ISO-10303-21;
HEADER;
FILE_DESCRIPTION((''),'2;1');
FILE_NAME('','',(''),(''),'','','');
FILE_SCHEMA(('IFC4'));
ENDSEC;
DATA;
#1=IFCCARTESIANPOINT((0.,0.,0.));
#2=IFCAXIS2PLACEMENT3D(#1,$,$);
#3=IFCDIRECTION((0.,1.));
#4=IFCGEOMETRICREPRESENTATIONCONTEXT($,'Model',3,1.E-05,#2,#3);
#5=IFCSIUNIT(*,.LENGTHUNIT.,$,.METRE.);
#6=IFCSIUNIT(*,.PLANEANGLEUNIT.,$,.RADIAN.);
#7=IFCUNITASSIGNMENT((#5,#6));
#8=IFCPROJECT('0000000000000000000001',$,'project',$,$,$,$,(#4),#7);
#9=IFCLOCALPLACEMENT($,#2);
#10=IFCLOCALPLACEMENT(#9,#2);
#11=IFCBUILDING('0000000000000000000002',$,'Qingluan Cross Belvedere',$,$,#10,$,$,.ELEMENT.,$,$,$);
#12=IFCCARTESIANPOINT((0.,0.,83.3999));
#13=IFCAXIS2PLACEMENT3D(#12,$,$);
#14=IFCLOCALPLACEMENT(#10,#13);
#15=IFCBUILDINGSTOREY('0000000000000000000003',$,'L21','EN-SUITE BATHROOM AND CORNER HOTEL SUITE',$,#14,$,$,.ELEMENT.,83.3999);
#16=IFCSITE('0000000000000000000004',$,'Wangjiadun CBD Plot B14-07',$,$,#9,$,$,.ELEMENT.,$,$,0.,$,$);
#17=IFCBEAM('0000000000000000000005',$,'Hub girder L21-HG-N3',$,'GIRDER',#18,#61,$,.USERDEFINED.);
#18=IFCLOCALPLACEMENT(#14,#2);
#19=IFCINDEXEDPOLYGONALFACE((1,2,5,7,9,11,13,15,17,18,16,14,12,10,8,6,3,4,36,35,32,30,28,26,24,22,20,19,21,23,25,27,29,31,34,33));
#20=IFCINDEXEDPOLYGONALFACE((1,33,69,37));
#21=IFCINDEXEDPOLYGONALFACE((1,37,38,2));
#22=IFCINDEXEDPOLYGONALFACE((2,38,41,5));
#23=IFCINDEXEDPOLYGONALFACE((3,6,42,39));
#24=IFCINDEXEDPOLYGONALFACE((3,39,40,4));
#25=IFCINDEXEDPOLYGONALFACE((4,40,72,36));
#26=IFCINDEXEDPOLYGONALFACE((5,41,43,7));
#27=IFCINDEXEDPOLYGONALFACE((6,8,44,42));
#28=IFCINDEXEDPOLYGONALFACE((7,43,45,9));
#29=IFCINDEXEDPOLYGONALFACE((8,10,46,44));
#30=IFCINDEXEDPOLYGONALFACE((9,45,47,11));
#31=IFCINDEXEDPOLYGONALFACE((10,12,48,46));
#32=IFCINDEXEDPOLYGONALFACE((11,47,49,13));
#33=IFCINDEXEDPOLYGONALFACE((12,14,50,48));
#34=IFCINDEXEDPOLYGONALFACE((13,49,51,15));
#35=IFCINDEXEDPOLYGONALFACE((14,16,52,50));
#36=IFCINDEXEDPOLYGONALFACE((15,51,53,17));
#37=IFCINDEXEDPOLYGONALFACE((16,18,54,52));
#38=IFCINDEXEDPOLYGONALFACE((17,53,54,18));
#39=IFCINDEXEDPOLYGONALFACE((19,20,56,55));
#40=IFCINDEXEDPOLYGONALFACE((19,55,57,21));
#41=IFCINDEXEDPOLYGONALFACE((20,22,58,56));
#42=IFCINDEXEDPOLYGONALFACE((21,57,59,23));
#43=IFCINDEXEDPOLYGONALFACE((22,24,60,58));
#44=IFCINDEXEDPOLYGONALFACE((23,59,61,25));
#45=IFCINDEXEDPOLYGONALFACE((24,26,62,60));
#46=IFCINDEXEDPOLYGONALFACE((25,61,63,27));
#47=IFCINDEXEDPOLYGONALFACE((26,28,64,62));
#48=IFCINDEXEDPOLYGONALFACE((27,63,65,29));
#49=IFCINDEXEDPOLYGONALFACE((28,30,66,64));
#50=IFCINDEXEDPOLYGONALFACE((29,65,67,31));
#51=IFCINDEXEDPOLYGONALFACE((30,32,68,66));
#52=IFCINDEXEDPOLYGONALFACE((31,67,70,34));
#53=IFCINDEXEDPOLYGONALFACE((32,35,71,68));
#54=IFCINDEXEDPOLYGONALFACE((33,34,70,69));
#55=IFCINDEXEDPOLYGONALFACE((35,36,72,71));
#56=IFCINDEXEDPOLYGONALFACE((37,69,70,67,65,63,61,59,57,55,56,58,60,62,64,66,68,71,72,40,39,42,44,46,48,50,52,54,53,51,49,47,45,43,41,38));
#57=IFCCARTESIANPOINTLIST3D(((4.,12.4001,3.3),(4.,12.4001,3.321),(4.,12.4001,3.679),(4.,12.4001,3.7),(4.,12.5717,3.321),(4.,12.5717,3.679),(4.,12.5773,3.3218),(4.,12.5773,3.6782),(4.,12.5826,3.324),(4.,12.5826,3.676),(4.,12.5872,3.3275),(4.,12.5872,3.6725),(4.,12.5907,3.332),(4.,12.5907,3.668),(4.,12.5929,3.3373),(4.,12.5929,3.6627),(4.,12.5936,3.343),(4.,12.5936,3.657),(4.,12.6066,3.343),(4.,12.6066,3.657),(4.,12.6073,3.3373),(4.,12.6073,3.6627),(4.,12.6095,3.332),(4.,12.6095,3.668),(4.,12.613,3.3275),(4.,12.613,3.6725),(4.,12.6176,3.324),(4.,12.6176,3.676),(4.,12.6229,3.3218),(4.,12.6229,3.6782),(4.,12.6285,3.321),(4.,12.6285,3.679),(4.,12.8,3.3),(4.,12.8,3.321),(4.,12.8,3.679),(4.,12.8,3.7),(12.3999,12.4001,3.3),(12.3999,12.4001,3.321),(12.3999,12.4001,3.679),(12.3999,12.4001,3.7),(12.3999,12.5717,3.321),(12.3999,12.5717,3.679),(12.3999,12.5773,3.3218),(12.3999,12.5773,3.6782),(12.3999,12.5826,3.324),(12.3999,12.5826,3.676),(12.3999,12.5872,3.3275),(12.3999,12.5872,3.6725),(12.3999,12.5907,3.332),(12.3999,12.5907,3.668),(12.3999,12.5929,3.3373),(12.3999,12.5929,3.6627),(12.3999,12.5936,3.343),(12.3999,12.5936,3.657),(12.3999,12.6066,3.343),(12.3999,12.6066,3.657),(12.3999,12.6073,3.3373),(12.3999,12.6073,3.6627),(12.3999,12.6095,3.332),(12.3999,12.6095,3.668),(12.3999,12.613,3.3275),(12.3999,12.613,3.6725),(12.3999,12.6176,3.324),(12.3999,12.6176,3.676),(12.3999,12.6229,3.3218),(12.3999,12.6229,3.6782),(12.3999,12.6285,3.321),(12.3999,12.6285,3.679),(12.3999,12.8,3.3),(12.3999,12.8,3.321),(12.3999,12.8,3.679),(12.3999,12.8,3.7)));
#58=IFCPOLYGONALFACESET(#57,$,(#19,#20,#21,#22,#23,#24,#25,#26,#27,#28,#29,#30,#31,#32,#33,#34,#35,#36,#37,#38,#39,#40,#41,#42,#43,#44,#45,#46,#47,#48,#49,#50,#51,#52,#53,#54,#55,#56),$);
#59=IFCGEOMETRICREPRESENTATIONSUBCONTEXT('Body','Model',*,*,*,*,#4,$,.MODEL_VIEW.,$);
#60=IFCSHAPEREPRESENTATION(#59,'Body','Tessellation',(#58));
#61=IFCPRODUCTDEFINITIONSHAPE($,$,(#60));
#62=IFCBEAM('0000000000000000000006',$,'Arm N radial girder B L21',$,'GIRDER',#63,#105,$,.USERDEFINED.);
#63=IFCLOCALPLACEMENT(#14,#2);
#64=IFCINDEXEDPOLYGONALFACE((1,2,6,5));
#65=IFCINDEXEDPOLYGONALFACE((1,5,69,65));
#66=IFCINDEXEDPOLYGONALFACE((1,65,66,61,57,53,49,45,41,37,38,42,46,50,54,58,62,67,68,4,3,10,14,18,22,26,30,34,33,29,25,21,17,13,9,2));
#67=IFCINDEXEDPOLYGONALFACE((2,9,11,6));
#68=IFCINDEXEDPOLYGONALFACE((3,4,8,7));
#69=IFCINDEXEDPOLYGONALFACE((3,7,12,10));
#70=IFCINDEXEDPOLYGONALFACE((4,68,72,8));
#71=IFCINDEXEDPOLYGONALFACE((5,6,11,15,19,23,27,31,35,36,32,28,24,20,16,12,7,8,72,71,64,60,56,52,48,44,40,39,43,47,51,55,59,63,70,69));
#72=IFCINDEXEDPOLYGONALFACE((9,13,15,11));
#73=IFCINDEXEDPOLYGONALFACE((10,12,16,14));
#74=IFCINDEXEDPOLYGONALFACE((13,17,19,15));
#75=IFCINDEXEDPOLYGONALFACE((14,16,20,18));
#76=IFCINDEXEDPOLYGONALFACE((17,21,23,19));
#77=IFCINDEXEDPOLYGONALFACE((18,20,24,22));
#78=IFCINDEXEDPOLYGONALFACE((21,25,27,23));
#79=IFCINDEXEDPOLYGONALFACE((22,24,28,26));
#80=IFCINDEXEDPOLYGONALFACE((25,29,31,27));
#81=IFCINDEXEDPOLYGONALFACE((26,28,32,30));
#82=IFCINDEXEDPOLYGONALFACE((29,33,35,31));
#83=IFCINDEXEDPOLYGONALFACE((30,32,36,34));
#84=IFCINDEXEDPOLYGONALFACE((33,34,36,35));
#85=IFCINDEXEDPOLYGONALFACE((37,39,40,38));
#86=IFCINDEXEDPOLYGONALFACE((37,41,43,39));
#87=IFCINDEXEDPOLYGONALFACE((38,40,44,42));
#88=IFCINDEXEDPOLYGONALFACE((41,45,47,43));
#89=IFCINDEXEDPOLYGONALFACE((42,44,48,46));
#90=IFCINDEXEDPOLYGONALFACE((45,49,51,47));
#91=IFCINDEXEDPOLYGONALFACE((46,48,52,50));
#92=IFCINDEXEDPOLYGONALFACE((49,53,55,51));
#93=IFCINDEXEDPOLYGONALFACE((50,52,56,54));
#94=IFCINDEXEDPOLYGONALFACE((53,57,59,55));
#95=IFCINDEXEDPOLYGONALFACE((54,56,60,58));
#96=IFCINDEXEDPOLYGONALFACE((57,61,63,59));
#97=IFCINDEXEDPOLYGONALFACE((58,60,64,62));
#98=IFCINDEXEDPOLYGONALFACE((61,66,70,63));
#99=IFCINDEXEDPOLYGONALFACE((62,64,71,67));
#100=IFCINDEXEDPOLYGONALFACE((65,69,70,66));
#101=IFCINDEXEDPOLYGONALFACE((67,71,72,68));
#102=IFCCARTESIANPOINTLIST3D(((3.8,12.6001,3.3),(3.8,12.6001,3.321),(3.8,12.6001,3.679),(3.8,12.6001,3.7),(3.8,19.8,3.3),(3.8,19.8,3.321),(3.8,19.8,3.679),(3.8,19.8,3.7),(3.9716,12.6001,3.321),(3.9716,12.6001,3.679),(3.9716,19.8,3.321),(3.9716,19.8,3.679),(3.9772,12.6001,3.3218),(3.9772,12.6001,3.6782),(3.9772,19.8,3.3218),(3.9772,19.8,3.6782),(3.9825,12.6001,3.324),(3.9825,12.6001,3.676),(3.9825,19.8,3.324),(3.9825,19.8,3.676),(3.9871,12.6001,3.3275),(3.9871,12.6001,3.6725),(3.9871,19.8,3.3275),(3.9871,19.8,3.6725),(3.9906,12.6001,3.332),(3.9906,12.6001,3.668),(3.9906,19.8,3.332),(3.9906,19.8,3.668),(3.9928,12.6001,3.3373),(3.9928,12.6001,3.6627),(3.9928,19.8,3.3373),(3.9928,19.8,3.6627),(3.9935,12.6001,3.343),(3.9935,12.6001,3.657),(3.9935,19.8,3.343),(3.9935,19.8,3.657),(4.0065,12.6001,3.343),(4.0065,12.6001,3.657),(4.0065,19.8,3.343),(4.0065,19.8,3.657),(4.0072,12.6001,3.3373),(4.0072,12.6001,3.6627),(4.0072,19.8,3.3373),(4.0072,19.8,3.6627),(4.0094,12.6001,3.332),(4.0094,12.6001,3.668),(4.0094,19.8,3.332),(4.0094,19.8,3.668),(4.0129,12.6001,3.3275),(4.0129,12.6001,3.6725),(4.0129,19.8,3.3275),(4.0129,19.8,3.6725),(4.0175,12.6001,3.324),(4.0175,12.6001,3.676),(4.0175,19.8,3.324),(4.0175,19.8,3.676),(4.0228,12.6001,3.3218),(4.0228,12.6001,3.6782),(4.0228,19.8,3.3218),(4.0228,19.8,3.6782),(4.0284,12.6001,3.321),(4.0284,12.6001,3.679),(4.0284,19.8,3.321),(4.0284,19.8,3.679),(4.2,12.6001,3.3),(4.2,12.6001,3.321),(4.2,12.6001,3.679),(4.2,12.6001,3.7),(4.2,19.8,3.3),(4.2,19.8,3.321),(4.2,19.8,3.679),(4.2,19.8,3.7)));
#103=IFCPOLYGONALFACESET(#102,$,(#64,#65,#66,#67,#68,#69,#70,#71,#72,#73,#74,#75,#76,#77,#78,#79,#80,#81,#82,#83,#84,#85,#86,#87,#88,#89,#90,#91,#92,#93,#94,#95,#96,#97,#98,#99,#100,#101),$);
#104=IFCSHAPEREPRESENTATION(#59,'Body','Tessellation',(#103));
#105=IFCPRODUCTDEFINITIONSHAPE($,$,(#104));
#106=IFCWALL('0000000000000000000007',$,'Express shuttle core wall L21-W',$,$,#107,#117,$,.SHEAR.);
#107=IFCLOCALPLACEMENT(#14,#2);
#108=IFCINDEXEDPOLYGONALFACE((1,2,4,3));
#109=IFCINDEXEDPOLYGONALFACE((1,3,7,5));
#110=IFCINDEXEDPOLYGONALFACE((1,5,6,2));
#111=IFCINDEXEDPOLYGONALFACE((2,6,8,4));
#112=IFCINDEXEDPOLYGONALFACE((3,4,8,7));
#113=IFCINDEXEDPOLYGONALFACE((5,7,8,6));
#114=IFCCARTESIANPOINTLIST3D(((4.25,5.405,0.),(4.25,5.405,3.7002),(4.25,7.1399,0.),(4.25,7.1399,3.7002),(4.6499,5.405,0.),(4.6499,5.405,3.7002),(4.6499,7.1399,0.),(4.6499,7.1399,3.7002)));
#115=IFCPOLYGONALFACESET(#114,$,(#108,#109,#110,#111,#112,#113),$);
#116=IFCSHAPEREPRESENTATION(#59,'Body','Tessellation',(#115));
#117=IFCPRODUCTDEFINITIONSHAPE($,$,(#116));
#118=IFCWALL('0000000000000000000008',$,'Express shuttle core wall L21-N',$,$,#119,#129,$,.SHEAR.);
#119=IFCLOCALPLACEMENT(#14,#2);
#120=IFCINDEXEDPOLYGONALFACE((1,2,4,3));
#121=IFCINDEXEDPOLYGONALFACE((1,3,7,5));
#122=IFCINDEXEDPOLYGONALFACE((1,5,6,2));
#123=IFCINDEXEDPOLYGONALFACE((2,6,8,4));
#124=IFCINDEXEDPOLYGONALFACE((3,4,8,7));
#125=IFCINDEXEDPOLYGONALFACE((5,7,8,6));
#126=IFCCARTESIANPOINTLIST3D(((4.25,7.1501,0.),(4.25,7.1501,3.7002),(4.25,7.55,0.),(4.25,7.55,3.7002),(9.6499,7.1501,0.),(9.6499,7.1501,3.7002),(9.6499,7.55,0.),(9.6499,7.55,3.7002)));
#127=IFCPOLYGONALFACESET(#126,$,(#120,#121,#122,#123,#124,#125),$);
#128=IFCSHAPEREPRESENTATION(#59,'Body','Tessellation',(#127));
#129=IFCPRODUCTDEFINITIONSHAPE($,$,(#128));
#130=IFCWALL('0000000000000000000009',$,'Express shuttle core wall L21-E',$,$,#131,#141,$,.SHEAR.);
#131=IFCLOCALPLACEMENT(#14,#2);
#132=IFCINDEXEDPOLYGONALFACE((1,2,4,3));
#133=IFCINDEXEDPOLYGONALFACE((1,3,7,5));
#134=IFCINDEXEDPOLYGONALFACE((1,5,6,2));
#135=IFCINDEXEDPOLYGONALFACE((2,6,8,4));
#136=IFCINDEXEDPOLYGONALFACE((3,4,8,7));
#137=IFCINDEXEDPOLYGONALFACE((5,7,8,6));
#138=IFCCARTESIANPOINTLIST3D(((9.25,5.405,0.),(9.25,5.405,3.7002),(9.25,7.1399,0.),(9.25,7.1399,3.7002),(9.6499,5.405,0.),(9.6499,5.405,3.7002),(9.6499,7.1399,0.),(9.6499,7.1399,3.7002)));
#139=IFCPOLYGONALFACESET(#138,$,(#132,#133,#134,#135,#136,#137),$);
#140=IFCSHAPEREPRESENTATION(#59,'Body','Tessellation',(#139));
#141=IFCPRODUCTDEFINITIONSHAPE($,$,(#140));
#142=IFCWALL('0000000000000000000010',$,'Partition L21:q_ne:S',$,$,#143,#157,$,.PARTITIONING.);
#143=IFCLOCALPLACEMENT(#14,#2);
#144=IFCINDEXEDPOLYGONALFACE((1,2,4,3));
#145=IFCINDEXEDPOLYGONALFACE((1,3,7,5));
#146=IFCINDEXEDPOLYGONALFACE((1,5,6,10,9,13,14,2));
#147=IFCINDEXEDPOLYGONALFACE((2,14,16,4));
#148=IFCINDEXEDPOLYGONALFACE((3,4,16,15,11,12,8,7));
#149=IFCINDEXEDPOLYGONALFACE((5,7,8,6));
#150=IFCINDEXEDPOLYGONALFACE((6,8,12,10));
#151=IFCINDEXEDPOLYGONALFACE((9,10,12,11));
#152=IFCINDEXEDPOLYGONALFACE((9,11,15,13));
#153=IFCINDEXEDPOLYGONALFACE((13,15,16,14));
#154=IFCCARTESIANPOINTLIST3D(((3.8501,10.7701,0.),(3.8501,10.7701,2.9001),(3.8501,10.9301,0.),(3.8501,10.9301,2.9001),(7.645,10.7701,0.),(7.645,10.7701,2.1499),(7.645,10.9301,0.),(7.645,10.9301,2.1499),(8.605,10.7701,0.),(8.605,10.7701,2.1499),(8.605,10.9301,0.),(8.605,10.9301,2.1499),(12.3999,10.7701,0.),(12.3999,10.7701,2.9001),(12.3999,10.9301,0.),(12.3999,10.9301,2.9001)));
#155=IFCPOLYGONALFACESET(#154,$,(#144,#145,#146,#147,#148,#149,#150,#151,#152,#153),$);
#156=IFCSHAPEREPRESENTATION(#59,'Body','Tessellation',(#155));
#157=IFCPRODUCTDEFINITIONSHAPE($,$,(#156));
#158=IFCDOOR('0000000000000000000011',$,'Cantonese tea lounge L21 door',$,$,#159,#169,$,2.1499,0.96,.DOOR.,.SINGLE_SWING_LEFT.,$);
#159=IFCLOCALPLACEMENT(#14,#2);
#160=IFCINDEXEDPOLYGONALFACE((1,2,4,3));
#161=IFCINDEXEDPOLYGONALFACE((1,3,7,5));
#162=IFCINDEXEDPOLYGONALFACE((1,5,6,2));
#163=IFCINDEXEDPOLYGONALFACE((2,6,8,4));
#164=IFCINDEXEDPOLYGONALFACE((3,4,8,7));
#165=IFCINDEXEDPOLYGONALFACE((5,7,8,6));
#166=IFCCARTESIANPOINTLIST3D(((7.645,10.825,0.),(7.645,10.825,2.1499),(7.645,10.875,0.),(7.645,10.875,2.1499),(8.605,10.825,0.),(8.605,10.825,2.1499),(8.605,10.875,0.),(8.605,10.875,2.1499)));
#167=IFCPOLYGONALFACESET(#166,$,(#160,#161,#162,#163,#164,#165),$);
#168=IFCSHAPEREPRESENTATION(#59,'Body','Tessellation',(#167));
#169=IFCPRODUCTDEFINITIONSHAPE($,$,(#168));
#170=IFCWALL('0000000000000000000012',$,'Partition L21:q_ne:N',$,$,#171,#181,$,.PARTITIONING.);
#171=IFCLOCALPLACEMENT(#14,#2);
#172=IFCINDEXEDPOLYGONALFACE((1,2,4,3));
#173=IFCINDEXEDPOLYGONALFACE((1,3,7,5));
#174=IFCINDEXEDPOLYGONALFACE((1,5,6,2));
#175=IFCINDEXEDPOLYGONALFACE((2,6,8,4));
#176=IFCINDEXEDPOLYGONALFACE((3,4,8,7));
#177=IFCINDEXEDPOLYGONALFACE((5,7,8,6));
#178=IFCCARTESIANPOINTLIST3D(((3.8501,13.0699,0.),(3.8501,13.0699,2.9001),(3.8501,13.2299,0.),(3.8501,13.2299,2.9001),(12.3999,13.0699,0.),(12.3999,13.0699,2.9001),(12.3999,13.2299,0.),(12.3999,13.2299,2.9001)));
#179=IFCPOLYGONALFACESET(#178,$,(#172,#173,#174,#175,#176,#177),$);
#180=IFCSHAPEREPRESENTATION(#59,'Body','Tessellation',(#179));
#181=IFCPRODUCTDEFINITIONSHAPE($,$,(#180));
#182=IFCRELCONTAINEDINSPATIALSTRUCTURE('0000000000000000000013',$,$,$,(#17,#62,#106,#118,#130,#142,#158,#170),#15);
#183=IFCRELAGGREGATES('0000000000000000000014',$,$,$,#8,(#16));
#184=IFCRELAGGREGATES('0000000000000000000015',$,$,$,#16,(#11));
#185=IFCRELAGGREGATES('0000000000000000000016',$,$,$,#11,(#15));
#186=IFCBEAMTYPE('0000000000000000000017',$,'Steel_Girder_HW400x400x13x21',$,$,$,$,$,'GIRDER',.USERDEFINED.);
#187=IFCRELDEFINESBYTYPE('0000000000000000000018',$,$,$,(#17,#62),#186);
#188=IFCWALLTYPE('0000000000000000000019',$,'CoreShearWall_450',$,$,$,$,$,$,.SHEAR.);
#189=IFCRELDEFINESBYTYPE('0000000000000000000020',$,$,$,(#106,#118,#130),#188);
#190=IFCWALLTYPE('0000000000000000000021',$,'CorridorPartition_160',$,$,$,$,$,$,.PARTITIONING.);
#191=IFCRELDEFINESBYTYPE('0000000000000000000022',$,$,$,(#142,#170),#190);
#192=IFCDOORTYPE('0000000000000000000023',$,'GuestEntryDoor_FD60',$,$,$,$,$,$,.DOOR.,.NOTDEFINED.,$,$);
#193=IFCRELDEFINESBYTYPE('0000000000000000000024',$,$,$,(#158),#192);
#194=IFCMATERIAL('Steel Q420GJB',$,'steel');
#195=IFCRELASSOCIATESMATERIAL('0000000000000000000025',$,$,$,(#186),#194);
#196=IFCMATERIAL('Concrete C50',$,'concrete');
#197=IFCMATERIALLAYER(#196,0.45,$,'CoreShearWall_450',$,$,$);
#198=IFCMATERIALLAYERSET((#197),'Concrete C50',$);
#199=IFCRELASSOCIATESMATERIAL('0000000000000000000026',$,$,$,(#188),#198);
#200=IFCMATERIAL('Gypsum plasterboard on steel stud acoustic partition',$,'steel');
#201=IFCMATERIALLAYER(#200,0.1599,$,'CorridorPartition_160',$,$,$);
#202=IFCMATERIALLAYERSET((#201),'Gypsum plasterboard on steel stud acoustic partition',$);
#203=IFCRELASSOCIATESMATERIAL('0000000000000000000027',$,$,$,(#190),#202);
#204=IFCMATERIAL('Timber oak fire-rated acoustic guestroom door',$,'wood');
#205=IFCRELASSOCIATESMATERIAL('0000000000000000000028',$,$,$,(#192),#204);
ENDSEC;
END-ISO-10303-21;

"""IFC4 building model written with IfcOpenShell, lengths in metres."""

from ifc_helpers import new_model, si_unit, direction, frame, frame_2d, origin, origin_2d, place, context, subcontext, project, spatial, rectangle, i_section, extrude, material, layer, layer_set, material_profile, profile_set, type_object, element, fill, save


model = new_model("IFC4")

# Units and contexts
model_context = context("Model", 3, precision=1e-05, world=origin(), true_north=direction((0.0, 1.0)))
body_context = subcontext(model_context, "Body", "Model", "MODEL_VIEW")
ifc_project = project(units=[si_unit("LENGTHUNIT", "METRE"), si_unit("PLANEANGLEUNIT", "RADIAN")], contexts=[model_context])

# Site, building, storey
site_placement = place(None, origin())
site = spatial("IfcSite", under=ifc_project, at=site_placement, Name="Wangjiadun CBD Plot B14-07", CompositionType="ELEMENT", RefElevation=0.0)
building_placement = place(site_placement, origin())
building = spatial("IfcBuilding", under=site, at=building_placement, Name="Qingluan Cross Belvedere", CompositionType="ELEMENT")
storey_placement = place(building_placement, frame((0.0, 0.0, 83.3999)))
storey = spatial("IfcBuildingStorey", under=building, at=storey_placement, Name="L21", Description="EN-SUITE BATHROOM AND CORNER HOTEL SUITE", CompositionType="ELEMENT", Elevation=83.3999)

# Beams
ifc_material_1 = material(Name="Steel Q420GJB", Category="steel")
ifc_material_profile_1 = material_profile(ifc_material_1, i_section(OverallWidth=0.3999, OverallDepth=0.3999, WebThickness=0.0129, FlangeThickness=0.021, FilletRadius=0.022, at=origin_2d()), Name="HW400x400x13x21")
ifc_profile_set_1 = profile_set([ifc_material_profile_1], Name="Steel Q420GJB")
beam_type_1 = type_object("IfcBeamType", Name="Steel_Girder_HW400x400x13x21", ElementType="GIRDER", PredefinedType="USERDEFINED", material=ifc_profile_set_1)
beam_1_placement = place(storey_placement, frame((4.0, 12.6001, 3.5), z_axis=(1.0, 0.0, 0.0), x_axis=(0.0, 1.0, 0.0)))
element("IfcBeam", 1, at=beam_1_placement, inside=storey, type_object=beam_type_1, Name="Hub girder L21-HG-N3", ObjectType="GIRDER", PredefinedType="USERDEFINED", context=body_context, shape_type="SweptSolid", body=[
    extrude(i_section(OverallWidth=0.3999, OverallDepth=0.3999, WebThickness=0.0129, FlangeThickness=0.021, FilletRadius=0.022, at=origin_2d()), origin(), (0.0, 0.0, 1.0), 8.3999),
])
beam_2_placement = place(storey_placement, frame((4.0, 12.6001, 3.5), z_axis=(0.0, 1.0, 0.0), x_axis=(-1.0, 0.0, 0.0)))
element("IfcBeam", 2, at=beam_2_placement, inside=storey, type_object=beam_type_1, Name="Arm N radial girder B L21", ObjectType="GIRDER", PredefinedType="USERDEFINED", context=body_context, shape_type="SweptSolid", body=[
    extrude(i_section(OverallWidth=0.3999, OverallDepth=0.3999, WebThickness=0.0129, FlangeThickness=0.021, FilletRadius=0.022, at=origin_2d()), origin(), (0.0, 0.0, 1.0), 7.2),
])

# Walls
ifc_material_2 = material(Name="Concrete C50", Category="concrete")
ifc_layer_1 = layer(ifc_material_2, 0.45, Name="CoreShearWall_450")
ifc_layer_set_1 = layer_set([ifc_layer_1], Name="Concrete C50")
wall_type_1 = type_object("IfcWallType", Name="CoreShearWall_450", PredefinedType="SHEAR", material=ifc_layer_set_1)
wall_1_placement = place(storey_placement, frame((4.45, 5.405, 0.0), z_axis=(0.0, 0.0, 1.0), x_axis=(0.0, 1.0, 0.0)))
element("IfcWall", 3, at=wall_1_placement, inside=storey, type_object=wall_type_1, Name="Express shuttle core wall L21-W", PredefinedType="SHEAR", context=body_context, shape_type="SweptSolid", body=[
    extrude(rectangle(XDim=1.7349, YDim=0.3999, at=frame_2d((0.8674, 0.0))), origin(), (0.0, 0.0, 1.0), 3.7002),
])
wall_2_placement = place(storey_placement, frame((4.25, 7.3501, 0.0), z_axis=(0.0, 0.0, 1.0), x_axis=(1.0, 0.0, 0.0)))
element("IfcWall", 4, at=wall_2_placement, inside=storey, type_object=wall_type_1, Name="Express shuttle core wall L21-N", PredefinedType="SHEAR", context=body_context, shape_type="SweptSolid", body=[
    extrude(rectangle(XDim=5.3999, YDim=0.3999, at=frame_2d((2.7, 0.0))), origin(), (0.0, 0.0, 1.0), 3.7002),
])
wall_3_placement = place(storey_placement, frame((9.45, 5.405, 0.0), z_axis=(0.0, 0.0, 1.0), x_axis=(0.0, 1.0, 0.0)))
element("IfcWall", 5, at=wall_3_placement, inside=storey, type_object=wall_type_1, Name="Express shuttle core wall L21-E", PredefinedType="SHEAR", context=body_context, shape_type="SweptSolid", body=[
    extrude(rectangle(XDim=1.7349, YDim=0.3999, at=frame_2d((0.8674, 0.0))), origin(), (0.0, 0.0, 1.0), 3.7002),
])

# Wall, opening, door
ifc_material_3 = material(Name="Gypsum plasterboard on steel stud acoustic partition", Category="steel")
ifc_layer_2 = layer(ifc_material_3, 0.1599, Name="CorridorPartition_160")
ifc_layer_set_2 = layer_set([ifc_layer_2], Name="Gypsum plasterboard on steel stud acoustic partition")
wall_type_2 = type_object("IfcWallType", Name="CorridorPartition_160", PredefinedType="PARTITIONING", material=ifc_layer_set_2)
wall_4_placement = place(storey_placement, frame((3.8501, 10.8501, 0.0), z_axis=(0.0, 0.0, 1.0), x_axis=(1.0, 0.0, 0.0)))
wall_4 = element("IfcWall", 6, at=wall_4_placement, inside=storey, type_object=wall_type_2, Name="Partition L21:q_ne:S", PredefinedType="PARTITIONING", context=body_context, shape_type="SweptSolid", body=[
    extrude(rectangle(XDim=8.5498, YDim=0.1599, at=frame_2d((4.2749, 0.0))), origin(), (0.0, 0.0, 1.0), 2.9001),
])
opening_placement = place(wall_4_placement, frame((3.7949, 0.0, 0.0)))
opening = element("IfcOpeningElement", 7, at=opening_placement, cuts=wall_4, PredefinedType="OPENING", context=body_context, shape_type="SweptSolid", body=[
    extrude(rectangle(XDim=0.96, YDim=2.1499, at=frame_2d((0.48, 1.075))), frame((0.0, 0.0898, 0.0), z_axis=(0.0, -1.0, 0.0), x_axis=(1.0, 0.0, 0.0)), (0.0, 0.0, 1.0), 0.1799),
])
ifc_material_4 = material(Name="Timber oak fire-rated acoustic guestroom door", Category="wood")
door_type = type_object("IfcDoorType", Name="GuestEntryDoor_FD60", OperationType="NOTDEFINED", PredefinedType="DOOR", material=ifc_material_4)
door_placement = place(opening_placement, origin())
door = element("IfcDoor", 8, at=door_placement, inside=storey, type_object=door_type, Name="Cantonese tea lounge L21 door", OperationType="SINGLE_SWING_LEFT", OverallHeight=2.1499, OverallWidth=0.96, PredefinedType="DOOR", context=body_context, shape_type="SweptSolid", body=[
    extrude(rectangle(XDim=0.96, YDim=2.1499, at=frame_2d((0.48, 1.075))), frame((0.0, 0.0249, 0.0), z_axis=(0.0, -1.0, 0.0), x_axis=(1.0, 0.0, 0.0)), (0.0, 0.0, 1.0), 0.05),
])
fill(opening, door)

# Wall
wall_5_placement = place(storey_placement, frame((3.8501, 13.1499, 0.0), z_axis=(0.0, 0.0, 1.0), x_axis=(1.0, 0.0, 0.0)))
element("IfcWall", 9, at=wall_5_placement, inside=storey, type_object=wall_type_2, Name="Partition L21:q_ne:N", PredefinedType="PARTITIONING", context=body_context, shape_type="SweptSolid", body=[
    extrude(rectangle(XDim=8.5498, YDim=0.1599, at=frame_2d((4.2749, 0.0))), origin(), (0.0, 0.0, 1.0), 2.9001),
])

save(model, "model.ifc")
